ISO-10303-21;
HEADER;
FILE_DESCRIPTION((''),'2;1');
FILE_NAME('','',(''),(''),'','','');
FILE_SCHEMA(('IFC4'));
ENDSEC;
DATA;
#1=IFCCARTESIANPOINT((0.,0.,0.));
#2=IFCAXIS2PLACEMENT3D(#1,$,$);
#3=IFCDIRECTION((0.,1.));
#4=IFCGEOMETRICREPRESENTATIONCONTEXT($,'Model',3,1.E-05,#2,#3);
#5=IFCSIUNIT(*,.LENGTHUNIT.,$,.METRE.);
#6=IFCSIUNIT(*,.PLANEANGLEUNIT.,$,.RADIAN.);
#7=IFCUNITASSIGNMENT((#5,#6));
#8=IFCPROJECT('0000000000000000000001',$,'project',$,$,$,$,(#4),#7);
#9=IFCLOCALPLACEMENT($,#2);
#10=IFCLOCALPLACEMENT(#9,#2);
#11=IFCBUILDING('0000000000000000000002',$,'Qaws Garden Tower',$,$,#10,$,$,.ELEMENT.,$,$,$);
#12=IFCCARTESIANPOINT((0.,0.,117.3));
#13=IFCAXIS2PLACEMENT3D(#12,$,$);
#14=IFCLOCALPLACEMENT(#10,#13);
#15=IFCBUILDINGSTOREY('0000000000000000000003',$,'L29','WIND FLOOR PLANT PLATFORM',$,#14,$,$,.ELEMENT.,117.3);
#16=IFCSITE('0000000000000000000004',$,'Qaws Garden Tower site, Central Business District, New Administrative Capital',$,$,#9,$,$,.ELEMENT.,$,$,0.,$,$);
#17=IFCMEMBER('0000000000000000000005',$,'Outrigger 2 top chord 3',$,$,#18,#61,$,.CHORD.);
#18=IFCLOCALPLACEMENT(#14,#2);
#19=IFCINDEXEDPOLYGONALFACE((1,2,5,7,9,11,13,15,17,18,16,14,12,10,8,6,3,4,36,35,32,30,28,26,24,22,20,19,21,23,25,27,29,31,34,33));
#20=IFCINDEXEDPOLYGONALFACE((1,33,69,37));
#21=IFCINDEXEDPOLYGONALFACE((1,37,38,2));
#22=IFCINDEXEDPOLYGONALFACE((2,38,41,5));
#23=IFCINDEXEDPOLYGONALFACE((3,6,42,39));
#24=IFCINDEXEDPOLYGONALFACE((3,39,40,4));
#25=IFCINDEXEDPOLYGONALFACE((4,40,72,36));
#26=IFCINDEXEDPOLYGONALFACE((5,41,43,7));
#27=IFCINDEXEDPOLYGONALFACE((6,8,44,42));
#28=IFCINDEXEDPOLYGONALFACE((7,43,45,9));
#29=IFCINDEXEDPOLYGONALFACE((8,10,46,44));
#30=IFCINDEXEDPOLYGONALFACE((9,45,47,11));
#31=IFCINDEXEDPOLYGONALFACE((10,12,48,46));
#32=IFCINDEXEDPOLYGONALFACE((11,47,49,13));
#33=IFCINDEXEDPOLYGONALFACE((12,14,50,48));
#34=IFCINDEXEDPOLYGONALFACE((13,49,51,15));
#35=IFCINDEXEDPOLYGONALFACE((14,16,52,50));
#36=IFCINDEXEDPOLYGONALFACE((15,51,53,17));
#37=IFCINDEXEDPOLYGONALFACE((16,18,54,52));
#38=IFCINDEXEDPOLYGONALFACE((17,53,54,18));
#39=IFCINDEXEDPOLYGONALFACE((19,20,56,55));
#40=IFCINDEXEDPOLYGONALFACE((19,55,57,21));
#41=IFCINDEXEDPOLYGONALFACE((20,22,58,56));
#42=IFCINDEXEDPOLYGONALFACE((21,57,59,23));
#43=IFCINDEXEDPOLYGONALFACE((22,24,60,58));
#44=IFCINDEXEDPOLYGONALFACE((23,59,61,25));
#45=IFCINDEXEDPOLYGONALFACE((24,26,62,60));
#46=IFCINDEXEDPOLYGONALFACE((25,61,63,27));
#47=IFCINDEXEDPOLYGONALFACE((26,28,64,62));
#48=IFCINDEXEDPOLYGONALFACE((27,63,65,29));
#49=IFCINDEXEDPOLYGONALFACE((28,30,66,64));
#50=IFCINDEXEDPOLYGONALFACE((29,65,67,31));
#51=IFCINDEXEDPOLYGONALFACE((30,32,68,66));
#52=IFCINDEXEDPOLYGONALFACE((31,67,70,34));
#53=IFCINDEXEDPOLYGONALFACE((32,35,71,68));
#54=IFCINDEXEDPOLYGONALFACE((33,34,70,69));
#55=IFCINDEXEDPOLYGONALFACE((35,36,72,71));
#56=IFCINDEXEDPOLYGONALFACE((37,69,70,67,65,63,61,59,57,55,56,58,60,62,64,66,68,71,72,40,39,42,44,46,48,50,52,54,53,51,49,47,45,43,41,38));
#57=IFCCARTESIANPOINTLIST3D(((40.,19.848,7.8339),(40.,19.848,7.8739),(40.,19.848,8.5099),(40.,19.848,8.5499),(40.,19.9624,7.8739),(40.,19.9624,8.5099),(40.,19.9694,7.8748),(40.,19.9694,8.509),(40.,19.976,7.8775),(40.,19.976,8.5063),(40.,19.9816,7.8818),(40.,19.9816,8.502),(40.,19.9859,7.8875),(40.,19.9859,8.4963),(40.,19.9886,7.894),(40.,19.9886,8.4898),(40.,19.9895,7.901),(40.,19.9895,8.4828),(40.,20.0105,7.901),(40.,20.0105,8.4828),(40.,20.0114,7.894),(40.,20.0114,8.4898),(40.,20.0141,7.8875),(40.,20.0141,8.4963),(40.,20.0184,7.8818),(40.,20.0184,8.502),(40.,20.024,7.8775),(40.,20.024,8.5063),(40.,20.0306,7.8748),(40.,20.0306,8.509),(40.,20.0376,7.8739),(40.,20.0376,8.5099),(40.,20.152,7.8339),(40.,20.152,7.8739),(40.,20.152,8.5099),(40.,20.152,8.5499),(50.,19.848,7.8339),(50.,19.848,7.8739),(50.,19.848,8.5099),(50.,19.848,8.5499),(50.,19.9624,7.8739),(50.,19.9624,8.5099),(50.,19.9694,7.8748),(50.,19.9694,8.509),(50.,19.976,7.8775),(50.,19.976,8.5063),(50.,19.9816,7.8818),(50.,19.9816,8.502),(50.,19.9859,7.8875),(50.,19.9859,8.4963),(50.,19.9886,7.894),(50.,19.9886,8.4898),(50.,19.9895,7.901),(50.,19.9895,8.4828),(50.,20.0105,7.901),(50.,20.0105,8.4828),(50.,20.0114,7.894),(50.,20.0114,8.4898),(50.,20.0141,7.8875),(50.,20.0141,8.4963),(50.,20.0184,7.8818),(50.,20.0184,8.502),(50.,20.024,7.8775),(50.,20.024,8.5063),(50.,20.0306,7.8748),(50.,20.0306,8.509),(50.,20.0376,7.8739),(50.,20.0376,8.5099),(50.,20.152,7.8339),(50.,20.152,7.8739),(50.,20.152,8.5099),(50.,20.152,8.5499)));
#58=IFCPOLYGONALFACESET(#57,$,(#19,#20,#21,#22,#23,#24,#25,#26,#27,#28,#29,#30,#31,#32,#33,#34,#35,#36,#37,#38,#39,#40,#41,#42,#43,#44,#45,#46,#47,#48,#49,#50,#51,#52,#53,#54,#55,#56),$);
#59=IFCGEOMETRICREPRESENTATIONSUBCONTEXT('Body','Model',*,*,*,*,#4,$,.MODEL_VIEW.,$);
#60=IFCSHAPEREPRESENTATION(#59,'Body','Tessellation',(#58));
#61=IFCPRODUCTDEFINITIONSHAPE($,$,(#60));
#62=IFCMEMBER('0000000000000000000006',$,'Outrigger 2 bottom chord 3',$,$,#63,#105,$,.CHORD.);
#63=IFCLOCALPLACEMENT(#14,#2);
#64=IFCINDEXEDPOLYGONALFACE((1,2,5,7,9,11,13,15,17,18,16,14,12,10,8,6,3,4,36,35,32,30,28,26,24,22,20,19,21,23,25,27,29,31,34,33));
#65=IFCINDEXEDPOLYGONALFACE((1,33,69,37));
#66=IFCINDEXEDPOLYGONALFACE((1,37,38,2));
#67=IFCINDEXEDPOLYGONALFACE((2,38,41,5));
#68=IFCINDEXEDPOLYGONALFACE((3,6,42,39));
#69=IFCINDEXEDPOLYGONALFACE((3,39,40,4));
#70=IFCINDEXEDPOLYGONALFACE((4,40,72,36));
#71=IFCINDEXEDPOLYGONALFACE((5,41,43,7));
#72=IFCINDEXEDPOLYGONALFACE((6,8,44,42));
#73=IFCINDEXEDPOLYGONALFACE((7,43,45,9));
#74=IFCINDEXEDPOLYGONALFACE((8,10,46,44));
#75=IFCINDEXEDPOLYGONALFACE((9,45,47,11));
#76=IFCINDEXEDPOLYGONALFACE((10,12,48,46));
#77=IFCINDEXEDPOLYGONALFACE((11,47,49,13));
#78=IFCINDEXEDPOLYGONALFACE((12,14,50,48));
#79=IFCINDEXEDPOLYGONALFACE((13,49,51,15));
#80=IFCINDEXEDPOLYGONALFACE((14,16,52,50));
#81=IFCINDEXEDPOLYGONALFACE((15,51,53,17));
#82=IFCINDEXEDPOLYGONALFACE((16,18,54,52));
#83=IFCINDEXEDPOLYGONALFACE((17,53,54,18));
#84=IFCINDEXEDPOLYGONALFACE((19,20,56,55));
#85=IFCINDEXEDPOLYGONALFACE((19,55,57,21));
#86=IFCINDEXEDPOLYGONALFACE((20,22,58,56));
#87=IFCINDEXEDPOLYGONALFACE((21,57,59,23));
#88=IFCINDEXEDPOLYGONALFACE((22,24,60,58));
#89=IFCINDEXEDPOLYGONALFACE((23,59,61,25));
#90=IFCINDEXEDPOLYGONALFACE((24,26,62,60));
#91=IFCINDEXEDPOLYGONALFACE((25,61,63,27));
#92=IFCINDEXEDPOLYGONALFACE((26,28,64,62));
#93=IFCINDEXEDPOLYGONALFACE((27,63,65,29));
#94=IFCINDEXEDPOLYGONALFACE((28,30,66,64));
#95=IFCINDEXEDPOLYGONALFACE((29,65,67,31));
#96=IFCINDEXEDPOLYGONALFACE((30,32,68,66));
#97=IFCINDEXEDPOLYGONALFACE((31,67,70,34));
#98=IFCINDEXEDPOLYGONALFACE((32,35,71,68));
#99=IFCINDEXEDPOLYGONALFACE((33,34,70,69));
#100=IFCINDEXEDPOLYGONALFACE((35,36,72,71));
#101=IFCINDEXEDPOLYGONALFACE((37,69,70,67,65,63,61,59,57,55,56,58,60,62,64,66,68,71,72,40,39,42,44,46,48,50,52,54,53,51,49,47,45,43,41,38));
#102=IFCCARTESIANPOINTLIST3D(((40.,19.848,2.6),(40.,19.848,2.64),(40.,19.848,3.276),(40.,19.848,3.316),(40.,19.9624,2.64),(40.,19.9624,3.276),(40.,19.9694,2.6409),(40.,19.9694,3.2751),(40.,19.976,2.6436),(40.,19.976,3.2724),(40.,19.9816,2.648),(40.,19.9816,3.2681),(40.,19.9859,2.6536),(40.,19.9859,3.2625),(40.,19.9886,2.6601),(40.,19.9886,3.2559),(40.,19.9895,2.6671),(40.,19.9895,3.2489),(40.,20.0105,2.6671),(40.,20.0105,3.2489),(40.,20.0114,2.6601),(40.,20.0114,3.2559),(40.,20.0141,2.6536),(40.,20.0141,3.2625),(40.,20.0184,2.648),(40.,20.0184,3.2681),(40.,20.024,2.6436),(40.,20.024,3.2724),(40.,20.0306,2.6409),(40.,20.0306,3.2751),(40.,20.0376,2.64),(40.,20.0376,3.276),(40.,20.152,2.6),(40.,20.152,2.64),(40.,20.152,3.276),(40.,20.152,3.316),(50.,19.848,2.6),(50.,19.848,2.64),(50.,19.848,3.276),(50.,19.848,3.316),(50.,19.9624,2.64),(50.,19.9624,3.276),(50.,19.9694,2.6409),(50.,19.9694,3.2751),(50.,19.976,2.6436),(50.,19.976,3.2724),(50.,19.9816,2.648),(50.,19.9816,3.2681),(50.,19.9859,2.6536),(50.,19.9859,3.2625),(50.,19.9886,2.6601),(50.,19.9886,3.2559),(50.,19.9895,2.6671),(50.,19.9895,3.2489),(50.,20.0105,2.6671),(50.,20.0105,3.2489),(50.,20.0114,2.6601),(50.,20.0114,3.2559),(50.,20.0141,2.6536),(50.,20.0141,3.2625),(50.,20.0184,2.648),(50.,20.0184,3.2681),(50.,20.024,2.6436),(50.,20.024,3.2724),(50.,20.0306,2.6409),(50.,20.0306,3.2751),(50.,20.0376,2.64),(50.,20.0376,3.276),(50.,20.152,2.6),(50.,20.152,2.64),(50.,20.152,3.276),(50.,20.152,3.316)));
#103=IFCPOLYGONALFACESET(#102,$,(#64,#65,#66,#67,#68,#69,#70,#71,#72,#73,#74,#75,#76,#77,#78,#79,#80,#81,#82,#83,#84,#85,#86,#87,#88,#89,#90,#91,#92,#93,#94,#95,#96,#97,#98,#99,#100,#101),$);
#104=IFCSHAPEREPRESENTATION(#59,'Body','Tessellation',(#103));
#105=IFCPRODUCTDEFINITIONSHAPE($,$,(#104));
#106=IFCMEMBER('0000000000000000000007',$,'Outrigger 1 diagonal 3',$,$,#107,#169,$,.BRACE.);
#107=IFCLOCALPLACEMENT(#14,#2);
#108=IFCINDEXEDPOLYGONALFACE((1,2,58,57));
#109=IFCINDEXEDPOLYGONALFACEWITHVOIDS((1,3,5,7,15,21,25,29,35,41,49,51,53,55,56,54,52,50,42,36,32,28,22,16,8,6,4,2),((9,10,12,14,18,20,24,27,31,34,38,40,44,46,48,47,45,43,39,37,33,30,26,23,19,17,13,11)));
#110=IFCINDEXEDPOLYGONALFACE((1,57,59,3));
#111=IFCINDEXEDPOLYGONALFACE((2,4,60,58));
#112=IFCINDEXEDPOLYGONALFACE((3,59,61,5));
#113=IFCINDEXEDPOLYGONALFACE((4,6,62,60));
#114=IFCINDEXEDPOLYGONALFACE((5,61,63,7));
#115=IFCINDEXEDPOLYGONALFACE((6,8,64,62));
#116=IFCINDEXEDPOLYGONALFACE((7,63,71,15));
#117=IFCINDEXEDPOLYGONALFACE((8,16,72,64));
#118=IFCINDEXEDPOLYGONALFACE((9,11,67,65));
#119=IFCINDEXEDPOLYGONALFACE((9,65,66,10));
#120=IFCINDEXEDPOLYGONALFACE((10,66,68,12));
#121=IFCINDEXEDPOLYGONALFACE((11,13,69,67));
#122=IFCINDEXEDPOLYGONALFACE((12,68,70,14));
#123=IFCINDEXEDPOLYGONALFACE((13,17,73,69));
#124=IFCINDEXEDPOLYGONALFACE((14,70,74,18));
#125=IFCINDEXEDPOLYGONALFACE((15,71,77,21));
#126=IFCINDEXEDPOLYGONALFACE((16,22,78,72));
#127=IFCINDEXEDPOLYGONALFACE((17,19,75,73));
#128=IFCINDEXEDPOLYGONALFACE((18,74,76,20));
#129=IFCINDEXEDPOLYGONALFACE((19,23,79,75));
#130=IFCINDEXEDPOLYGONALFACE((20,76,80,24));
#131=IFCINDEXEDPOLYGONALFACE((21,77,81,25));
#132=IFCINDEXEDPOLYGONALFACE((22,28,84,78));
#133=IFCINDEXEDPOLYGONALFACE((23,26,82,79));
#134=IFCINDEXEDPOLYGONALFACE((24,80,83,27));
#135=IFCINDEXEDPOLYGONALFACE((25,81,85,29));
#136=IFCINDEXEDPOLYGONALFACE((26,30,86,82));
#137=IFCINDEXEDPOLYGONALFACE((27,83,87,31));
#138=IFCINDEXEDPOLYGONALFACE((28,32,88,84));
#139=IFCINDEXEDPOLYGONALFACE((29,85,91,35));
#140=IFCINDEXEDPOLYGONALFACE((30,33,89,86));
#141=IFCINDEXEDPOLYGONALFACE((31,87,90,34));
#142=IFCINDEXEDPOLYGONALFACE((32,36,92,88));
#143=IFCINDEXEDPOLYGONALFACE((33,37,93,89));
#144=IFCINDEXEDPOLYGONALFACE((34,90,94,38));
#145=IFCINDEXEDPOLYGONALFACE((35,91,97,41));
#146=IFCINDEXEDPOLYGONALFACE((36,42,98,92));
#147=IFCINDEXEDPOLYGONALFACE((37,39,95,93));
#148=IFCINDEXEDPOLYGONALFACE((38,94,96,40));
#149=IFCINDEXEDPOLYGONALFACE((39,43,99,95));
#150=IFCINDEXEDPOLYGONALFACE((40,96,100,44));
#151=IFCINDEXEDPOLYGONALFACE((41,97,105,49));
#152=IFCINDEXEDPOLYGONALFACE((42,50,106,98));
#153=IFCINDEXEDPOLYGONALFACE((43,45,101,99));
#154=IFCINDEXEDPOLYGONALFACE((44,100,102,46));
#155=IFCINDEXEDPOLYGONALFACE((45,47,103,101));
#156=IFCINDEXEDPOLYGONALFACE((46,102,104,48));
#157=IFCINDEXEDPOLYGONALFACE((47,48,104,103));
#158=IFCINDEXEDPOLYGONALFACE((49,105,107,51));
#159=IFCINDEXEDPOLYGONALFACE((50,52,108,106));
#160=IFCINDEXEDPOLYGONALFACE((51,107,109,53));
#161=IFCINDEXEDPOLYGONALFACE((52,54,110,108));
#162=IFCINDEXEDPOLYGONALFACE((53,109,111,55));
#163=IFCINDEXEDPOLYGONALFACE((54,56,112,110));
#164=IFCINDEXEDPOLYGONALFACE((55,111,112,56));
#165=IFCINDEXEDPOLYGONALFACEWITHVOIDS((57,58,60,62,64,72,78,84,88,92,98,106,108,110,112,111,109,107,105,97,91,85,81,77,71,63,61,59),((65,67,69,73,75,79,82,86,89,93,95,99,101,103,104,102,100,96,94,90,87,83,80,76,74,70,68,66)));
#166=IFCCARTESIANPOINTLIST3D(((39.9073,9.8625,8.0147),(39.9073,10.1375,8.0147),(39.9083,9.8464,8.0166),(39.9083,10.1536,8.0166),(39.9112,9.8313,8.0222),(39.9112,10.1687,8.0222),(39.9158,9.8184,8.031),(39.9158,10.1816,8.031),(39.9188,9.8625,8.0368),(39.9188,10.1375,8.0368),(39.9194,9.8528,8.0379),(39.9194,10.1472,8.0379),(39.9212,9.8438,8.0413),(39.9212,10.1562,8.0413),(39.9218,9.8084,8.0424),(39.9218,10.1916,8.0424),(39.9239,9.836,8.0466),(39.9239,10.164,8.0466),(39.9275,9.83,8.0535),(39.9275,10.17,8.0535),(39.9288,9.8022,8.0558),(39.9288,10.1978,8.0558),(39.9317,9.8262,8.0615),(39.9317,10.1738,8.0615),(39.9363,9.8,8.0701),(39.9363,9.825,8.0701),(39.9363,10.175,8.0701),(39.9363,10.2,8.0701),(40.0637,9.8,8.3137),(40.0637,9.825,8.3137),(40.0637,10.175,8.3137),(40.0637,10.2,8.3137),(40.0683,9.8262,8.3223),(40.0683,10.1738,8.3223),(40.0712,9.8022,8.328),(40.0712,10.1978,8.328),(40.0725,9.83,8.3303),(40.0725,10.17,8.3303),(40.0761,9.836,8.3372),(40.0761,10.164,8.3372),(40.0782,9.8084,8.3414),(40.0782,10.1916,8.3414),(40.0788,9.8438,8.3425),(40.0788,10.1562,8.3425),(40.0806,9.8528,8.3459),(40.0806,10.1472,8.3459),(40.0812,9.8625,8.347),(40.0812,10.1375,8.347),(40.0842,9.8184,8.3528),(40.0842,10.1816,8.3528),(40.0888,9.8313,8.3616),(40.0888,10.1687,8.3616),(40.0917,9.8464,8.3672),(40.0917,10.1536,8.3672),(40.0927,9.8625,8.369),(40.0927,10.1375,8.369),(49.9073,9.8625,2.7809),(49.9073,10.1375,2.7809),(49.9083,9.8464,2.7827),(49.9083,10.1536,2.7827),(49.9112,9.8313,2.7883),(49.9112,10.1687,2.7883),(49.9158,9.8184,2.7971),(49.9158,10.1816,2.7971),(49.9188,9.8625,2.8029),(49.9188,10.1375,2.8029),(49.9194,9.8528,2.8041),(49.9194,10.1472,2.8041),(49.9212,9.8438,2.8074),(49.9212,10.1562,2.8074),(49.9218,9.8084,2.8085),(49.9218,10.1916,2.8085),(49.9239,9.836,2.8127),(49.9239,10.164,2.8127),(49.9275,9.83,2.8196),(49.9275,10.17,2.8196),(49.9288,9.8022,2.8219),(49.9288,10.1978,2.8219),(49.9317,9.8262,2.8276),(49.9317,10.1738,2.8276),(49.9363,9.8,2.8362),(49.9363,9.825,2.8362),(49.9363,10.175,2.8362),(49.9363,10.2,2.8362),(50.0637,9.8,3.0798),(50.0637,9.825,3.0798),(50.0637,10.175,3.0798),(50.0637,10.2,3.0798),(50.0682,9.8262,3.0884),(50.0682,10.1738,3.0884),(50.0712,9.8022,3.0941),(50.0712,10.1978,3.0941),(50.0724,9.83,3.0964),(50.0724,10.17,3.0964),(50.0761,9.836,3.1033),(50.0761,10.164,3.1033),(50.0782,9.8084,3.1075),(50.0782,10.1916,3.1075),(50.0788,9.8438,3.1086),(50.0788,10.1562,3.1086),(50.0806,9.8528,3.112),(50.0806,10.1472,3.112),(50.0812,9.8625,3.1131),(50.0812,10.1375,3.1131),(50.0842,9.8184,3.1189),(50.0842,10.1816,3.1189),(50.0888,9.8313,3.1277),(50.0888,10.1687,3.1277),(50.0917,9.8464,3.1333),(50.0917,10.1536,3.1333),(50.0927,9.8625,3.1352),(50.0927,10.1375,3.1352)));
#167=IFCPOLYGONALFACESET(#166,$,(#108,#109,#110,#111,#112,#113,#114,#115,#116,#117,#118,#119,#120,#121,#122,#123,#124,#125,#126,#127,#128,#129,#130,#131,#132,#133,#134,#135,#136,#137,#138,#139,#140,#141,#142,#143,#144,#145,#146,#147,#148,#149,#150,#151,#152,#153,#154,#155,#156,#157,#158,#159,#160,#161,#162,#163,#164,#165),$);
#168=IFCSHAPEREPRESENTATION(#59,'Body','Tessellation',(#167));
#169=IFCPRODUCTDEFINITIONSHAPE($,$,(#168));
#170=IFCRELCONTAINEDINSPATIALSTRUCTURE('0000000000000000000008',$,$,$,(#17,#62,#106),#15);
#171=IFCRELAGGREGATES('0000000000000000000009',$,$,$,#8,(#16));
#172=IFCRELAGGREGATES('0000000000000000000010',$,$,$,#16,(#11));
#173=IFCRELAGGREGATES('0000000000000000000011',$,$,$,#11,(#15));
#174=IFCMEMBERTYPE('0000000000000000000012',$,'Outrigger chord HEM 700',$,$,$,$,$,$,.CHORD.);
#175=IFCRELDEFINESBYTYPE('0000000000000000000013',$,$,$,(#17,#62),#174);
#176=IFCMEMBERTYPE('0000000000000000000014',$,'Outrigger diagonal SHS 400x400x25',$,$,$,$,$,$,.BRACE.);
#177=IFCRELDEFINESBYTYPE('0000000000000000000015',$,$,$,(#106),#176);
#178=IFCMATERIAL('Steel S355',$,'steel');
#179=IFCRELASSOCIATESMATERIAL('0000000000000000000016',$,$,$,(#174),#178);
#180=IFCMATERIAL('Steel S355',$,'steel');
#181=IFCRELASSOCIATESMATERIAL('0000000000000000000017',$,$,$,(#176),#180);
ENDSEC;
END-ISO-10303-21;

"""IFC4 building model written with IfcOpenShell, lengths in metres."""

from ifc_helpers import new_model, si_unit, direction, frame, origin, origin_2d, place, context, subcontext, project, spatial, hollow_rectangle, i_section, extrude, material, material_profile, profile_set, type_object, element, save


model = new_model("IFC4")

# Units and contexts
model_context = context("Model", 3, precision=1e-05, world=origin(), true_north=direction((0.0, 1.0)))
body_context = subcontext(model_context, "Body", "Model", "MODEL_VIEW")
ifc_project = project(units=[si_unit("LENGTHUNIT", "METRE"), si_unit("PLANEANGLEUNIT", "RADIAN")], contexts=[model_context])

# Site, building, storey
site_placement = place(None, origin())
site = spatial("IfcSite", under=ifc_project, at=site_placement, Name="Qaws Garden Tower site, Central Business District, New Administrative Capital", CompositionType="ELEMENT", RefElevation=0.0)
building_placement = place(site_placement, origin())
building = spatial("IfcBuilding", under=site, at=building_placement, Name="Qaws Garden Tower", CompositionType="ELEMENT")
storey_placement = place(building_placement, frame((0.0, 0.0, 117.3)))
storey = spatial("IfcBuildingStorey", under=building, at=storey_placement, Name="L29", Description="WIND FLOOR PLANT PLATFORM", CompositionType="ELEMENT", Elevation=117.3)

# Members
ifc_material_1 = material(Name="Steel S355", Category="steel")
ifc_material_profile_1 = material_profile(ifc_material_1, i_section(OverallWidth=0.304, OverallDepth=0.7161, WebThickness=0.021, FlangeThickness=0.04, FilletRadius=0.0271, at=origin_2d()), Name="HEM 700")
ifc_profile_set_1 = profile_set([ifc_material_profile_1], Name="Steel S355")
member_type_1 = type_object("IfcMemberType", Name="Outrigger chord HEM 700", PredefinedType="CHORD", material=ifc_profile_set_1)
for number, where, z_axis, x_axis, name in (
    (1, (40.0, 20.0, 8.1919), (1.0, 0.0, 0.0), (0.0, 1.0, 0.0), "Outrigger 2 top chord 3"),
    (2, (40.0, 20.0, 2.958), (1.0, 0.0, 0.0), (0.0, 1.0, 0.0), "Outrigger 2 bottom chord 3"),
):
    element("IfcMember", number, at=place(storey_placement, frame(where, z_axis=z_axis, x_axis=x_axis)), inside=storey, type_object=member_type_1, Name=name, PredefinedType="CHORD", context=body_context, shape_type="SweptSolid", body=[
        extrude(i_section(OverallWidth=0.304, OverallDepth=0.7161, WebThickness=0.021, FlangeThickness=0.04, FilletRadius=0.0271, at=origin_2d()), origin(), (0.0, 0.0, 1.0), 10.0),
    ])
ifc_material_2 = material(Name="Steel S355", Category="steel")
ifc_material_profile_2 = material_profile(ifc_material_2, hollow_rectangle(XDim=0.3999, YDim=0.3999, WallThickness=0.0249, InnerFilletRadius=0.0376, OuterFilletRadius=0.0625, at=origin_2d()), Name="SHS 400x400x25")
ifc_profile_set_2 = profile_set([ifc_material_profile_2], Name="Steel S355")
member_type_2 = type_object("IfcMemberType", Name="Outrigger diagonal SHS 400x400x25", PredefinedType="BRACE", material=ifc_profile_set_2)
for number, where, z_axis, x_axis, name in (
    (3, (40.0, 10.0, 8.1919), (0.885985, 0.0, -0.463714), (0.0, 1.0, 0.0), "Outrigger 1 diagonal 3"),
):
    element("IfcMember", number, at=place(storey_placement, frame(where, z_axis=z_axis, x_axis=x_axis)), inside=storey, type_object=member_type_2, Name=name, PredefinedType="BRACE", context=body_context, shape_type="SweptSolid", body=[
        extrude(hollow_rectangle(XDim=0.3999, YDim=0.3999, WallThickness=0.0249, InnerFilletRadius=0.0376, OuterFilletRadius=0.0625, at=origin_2d()), origin(), (0.0, 0.0, 1.0), 11.2869),
    ])

save(model, "model.ifc")
